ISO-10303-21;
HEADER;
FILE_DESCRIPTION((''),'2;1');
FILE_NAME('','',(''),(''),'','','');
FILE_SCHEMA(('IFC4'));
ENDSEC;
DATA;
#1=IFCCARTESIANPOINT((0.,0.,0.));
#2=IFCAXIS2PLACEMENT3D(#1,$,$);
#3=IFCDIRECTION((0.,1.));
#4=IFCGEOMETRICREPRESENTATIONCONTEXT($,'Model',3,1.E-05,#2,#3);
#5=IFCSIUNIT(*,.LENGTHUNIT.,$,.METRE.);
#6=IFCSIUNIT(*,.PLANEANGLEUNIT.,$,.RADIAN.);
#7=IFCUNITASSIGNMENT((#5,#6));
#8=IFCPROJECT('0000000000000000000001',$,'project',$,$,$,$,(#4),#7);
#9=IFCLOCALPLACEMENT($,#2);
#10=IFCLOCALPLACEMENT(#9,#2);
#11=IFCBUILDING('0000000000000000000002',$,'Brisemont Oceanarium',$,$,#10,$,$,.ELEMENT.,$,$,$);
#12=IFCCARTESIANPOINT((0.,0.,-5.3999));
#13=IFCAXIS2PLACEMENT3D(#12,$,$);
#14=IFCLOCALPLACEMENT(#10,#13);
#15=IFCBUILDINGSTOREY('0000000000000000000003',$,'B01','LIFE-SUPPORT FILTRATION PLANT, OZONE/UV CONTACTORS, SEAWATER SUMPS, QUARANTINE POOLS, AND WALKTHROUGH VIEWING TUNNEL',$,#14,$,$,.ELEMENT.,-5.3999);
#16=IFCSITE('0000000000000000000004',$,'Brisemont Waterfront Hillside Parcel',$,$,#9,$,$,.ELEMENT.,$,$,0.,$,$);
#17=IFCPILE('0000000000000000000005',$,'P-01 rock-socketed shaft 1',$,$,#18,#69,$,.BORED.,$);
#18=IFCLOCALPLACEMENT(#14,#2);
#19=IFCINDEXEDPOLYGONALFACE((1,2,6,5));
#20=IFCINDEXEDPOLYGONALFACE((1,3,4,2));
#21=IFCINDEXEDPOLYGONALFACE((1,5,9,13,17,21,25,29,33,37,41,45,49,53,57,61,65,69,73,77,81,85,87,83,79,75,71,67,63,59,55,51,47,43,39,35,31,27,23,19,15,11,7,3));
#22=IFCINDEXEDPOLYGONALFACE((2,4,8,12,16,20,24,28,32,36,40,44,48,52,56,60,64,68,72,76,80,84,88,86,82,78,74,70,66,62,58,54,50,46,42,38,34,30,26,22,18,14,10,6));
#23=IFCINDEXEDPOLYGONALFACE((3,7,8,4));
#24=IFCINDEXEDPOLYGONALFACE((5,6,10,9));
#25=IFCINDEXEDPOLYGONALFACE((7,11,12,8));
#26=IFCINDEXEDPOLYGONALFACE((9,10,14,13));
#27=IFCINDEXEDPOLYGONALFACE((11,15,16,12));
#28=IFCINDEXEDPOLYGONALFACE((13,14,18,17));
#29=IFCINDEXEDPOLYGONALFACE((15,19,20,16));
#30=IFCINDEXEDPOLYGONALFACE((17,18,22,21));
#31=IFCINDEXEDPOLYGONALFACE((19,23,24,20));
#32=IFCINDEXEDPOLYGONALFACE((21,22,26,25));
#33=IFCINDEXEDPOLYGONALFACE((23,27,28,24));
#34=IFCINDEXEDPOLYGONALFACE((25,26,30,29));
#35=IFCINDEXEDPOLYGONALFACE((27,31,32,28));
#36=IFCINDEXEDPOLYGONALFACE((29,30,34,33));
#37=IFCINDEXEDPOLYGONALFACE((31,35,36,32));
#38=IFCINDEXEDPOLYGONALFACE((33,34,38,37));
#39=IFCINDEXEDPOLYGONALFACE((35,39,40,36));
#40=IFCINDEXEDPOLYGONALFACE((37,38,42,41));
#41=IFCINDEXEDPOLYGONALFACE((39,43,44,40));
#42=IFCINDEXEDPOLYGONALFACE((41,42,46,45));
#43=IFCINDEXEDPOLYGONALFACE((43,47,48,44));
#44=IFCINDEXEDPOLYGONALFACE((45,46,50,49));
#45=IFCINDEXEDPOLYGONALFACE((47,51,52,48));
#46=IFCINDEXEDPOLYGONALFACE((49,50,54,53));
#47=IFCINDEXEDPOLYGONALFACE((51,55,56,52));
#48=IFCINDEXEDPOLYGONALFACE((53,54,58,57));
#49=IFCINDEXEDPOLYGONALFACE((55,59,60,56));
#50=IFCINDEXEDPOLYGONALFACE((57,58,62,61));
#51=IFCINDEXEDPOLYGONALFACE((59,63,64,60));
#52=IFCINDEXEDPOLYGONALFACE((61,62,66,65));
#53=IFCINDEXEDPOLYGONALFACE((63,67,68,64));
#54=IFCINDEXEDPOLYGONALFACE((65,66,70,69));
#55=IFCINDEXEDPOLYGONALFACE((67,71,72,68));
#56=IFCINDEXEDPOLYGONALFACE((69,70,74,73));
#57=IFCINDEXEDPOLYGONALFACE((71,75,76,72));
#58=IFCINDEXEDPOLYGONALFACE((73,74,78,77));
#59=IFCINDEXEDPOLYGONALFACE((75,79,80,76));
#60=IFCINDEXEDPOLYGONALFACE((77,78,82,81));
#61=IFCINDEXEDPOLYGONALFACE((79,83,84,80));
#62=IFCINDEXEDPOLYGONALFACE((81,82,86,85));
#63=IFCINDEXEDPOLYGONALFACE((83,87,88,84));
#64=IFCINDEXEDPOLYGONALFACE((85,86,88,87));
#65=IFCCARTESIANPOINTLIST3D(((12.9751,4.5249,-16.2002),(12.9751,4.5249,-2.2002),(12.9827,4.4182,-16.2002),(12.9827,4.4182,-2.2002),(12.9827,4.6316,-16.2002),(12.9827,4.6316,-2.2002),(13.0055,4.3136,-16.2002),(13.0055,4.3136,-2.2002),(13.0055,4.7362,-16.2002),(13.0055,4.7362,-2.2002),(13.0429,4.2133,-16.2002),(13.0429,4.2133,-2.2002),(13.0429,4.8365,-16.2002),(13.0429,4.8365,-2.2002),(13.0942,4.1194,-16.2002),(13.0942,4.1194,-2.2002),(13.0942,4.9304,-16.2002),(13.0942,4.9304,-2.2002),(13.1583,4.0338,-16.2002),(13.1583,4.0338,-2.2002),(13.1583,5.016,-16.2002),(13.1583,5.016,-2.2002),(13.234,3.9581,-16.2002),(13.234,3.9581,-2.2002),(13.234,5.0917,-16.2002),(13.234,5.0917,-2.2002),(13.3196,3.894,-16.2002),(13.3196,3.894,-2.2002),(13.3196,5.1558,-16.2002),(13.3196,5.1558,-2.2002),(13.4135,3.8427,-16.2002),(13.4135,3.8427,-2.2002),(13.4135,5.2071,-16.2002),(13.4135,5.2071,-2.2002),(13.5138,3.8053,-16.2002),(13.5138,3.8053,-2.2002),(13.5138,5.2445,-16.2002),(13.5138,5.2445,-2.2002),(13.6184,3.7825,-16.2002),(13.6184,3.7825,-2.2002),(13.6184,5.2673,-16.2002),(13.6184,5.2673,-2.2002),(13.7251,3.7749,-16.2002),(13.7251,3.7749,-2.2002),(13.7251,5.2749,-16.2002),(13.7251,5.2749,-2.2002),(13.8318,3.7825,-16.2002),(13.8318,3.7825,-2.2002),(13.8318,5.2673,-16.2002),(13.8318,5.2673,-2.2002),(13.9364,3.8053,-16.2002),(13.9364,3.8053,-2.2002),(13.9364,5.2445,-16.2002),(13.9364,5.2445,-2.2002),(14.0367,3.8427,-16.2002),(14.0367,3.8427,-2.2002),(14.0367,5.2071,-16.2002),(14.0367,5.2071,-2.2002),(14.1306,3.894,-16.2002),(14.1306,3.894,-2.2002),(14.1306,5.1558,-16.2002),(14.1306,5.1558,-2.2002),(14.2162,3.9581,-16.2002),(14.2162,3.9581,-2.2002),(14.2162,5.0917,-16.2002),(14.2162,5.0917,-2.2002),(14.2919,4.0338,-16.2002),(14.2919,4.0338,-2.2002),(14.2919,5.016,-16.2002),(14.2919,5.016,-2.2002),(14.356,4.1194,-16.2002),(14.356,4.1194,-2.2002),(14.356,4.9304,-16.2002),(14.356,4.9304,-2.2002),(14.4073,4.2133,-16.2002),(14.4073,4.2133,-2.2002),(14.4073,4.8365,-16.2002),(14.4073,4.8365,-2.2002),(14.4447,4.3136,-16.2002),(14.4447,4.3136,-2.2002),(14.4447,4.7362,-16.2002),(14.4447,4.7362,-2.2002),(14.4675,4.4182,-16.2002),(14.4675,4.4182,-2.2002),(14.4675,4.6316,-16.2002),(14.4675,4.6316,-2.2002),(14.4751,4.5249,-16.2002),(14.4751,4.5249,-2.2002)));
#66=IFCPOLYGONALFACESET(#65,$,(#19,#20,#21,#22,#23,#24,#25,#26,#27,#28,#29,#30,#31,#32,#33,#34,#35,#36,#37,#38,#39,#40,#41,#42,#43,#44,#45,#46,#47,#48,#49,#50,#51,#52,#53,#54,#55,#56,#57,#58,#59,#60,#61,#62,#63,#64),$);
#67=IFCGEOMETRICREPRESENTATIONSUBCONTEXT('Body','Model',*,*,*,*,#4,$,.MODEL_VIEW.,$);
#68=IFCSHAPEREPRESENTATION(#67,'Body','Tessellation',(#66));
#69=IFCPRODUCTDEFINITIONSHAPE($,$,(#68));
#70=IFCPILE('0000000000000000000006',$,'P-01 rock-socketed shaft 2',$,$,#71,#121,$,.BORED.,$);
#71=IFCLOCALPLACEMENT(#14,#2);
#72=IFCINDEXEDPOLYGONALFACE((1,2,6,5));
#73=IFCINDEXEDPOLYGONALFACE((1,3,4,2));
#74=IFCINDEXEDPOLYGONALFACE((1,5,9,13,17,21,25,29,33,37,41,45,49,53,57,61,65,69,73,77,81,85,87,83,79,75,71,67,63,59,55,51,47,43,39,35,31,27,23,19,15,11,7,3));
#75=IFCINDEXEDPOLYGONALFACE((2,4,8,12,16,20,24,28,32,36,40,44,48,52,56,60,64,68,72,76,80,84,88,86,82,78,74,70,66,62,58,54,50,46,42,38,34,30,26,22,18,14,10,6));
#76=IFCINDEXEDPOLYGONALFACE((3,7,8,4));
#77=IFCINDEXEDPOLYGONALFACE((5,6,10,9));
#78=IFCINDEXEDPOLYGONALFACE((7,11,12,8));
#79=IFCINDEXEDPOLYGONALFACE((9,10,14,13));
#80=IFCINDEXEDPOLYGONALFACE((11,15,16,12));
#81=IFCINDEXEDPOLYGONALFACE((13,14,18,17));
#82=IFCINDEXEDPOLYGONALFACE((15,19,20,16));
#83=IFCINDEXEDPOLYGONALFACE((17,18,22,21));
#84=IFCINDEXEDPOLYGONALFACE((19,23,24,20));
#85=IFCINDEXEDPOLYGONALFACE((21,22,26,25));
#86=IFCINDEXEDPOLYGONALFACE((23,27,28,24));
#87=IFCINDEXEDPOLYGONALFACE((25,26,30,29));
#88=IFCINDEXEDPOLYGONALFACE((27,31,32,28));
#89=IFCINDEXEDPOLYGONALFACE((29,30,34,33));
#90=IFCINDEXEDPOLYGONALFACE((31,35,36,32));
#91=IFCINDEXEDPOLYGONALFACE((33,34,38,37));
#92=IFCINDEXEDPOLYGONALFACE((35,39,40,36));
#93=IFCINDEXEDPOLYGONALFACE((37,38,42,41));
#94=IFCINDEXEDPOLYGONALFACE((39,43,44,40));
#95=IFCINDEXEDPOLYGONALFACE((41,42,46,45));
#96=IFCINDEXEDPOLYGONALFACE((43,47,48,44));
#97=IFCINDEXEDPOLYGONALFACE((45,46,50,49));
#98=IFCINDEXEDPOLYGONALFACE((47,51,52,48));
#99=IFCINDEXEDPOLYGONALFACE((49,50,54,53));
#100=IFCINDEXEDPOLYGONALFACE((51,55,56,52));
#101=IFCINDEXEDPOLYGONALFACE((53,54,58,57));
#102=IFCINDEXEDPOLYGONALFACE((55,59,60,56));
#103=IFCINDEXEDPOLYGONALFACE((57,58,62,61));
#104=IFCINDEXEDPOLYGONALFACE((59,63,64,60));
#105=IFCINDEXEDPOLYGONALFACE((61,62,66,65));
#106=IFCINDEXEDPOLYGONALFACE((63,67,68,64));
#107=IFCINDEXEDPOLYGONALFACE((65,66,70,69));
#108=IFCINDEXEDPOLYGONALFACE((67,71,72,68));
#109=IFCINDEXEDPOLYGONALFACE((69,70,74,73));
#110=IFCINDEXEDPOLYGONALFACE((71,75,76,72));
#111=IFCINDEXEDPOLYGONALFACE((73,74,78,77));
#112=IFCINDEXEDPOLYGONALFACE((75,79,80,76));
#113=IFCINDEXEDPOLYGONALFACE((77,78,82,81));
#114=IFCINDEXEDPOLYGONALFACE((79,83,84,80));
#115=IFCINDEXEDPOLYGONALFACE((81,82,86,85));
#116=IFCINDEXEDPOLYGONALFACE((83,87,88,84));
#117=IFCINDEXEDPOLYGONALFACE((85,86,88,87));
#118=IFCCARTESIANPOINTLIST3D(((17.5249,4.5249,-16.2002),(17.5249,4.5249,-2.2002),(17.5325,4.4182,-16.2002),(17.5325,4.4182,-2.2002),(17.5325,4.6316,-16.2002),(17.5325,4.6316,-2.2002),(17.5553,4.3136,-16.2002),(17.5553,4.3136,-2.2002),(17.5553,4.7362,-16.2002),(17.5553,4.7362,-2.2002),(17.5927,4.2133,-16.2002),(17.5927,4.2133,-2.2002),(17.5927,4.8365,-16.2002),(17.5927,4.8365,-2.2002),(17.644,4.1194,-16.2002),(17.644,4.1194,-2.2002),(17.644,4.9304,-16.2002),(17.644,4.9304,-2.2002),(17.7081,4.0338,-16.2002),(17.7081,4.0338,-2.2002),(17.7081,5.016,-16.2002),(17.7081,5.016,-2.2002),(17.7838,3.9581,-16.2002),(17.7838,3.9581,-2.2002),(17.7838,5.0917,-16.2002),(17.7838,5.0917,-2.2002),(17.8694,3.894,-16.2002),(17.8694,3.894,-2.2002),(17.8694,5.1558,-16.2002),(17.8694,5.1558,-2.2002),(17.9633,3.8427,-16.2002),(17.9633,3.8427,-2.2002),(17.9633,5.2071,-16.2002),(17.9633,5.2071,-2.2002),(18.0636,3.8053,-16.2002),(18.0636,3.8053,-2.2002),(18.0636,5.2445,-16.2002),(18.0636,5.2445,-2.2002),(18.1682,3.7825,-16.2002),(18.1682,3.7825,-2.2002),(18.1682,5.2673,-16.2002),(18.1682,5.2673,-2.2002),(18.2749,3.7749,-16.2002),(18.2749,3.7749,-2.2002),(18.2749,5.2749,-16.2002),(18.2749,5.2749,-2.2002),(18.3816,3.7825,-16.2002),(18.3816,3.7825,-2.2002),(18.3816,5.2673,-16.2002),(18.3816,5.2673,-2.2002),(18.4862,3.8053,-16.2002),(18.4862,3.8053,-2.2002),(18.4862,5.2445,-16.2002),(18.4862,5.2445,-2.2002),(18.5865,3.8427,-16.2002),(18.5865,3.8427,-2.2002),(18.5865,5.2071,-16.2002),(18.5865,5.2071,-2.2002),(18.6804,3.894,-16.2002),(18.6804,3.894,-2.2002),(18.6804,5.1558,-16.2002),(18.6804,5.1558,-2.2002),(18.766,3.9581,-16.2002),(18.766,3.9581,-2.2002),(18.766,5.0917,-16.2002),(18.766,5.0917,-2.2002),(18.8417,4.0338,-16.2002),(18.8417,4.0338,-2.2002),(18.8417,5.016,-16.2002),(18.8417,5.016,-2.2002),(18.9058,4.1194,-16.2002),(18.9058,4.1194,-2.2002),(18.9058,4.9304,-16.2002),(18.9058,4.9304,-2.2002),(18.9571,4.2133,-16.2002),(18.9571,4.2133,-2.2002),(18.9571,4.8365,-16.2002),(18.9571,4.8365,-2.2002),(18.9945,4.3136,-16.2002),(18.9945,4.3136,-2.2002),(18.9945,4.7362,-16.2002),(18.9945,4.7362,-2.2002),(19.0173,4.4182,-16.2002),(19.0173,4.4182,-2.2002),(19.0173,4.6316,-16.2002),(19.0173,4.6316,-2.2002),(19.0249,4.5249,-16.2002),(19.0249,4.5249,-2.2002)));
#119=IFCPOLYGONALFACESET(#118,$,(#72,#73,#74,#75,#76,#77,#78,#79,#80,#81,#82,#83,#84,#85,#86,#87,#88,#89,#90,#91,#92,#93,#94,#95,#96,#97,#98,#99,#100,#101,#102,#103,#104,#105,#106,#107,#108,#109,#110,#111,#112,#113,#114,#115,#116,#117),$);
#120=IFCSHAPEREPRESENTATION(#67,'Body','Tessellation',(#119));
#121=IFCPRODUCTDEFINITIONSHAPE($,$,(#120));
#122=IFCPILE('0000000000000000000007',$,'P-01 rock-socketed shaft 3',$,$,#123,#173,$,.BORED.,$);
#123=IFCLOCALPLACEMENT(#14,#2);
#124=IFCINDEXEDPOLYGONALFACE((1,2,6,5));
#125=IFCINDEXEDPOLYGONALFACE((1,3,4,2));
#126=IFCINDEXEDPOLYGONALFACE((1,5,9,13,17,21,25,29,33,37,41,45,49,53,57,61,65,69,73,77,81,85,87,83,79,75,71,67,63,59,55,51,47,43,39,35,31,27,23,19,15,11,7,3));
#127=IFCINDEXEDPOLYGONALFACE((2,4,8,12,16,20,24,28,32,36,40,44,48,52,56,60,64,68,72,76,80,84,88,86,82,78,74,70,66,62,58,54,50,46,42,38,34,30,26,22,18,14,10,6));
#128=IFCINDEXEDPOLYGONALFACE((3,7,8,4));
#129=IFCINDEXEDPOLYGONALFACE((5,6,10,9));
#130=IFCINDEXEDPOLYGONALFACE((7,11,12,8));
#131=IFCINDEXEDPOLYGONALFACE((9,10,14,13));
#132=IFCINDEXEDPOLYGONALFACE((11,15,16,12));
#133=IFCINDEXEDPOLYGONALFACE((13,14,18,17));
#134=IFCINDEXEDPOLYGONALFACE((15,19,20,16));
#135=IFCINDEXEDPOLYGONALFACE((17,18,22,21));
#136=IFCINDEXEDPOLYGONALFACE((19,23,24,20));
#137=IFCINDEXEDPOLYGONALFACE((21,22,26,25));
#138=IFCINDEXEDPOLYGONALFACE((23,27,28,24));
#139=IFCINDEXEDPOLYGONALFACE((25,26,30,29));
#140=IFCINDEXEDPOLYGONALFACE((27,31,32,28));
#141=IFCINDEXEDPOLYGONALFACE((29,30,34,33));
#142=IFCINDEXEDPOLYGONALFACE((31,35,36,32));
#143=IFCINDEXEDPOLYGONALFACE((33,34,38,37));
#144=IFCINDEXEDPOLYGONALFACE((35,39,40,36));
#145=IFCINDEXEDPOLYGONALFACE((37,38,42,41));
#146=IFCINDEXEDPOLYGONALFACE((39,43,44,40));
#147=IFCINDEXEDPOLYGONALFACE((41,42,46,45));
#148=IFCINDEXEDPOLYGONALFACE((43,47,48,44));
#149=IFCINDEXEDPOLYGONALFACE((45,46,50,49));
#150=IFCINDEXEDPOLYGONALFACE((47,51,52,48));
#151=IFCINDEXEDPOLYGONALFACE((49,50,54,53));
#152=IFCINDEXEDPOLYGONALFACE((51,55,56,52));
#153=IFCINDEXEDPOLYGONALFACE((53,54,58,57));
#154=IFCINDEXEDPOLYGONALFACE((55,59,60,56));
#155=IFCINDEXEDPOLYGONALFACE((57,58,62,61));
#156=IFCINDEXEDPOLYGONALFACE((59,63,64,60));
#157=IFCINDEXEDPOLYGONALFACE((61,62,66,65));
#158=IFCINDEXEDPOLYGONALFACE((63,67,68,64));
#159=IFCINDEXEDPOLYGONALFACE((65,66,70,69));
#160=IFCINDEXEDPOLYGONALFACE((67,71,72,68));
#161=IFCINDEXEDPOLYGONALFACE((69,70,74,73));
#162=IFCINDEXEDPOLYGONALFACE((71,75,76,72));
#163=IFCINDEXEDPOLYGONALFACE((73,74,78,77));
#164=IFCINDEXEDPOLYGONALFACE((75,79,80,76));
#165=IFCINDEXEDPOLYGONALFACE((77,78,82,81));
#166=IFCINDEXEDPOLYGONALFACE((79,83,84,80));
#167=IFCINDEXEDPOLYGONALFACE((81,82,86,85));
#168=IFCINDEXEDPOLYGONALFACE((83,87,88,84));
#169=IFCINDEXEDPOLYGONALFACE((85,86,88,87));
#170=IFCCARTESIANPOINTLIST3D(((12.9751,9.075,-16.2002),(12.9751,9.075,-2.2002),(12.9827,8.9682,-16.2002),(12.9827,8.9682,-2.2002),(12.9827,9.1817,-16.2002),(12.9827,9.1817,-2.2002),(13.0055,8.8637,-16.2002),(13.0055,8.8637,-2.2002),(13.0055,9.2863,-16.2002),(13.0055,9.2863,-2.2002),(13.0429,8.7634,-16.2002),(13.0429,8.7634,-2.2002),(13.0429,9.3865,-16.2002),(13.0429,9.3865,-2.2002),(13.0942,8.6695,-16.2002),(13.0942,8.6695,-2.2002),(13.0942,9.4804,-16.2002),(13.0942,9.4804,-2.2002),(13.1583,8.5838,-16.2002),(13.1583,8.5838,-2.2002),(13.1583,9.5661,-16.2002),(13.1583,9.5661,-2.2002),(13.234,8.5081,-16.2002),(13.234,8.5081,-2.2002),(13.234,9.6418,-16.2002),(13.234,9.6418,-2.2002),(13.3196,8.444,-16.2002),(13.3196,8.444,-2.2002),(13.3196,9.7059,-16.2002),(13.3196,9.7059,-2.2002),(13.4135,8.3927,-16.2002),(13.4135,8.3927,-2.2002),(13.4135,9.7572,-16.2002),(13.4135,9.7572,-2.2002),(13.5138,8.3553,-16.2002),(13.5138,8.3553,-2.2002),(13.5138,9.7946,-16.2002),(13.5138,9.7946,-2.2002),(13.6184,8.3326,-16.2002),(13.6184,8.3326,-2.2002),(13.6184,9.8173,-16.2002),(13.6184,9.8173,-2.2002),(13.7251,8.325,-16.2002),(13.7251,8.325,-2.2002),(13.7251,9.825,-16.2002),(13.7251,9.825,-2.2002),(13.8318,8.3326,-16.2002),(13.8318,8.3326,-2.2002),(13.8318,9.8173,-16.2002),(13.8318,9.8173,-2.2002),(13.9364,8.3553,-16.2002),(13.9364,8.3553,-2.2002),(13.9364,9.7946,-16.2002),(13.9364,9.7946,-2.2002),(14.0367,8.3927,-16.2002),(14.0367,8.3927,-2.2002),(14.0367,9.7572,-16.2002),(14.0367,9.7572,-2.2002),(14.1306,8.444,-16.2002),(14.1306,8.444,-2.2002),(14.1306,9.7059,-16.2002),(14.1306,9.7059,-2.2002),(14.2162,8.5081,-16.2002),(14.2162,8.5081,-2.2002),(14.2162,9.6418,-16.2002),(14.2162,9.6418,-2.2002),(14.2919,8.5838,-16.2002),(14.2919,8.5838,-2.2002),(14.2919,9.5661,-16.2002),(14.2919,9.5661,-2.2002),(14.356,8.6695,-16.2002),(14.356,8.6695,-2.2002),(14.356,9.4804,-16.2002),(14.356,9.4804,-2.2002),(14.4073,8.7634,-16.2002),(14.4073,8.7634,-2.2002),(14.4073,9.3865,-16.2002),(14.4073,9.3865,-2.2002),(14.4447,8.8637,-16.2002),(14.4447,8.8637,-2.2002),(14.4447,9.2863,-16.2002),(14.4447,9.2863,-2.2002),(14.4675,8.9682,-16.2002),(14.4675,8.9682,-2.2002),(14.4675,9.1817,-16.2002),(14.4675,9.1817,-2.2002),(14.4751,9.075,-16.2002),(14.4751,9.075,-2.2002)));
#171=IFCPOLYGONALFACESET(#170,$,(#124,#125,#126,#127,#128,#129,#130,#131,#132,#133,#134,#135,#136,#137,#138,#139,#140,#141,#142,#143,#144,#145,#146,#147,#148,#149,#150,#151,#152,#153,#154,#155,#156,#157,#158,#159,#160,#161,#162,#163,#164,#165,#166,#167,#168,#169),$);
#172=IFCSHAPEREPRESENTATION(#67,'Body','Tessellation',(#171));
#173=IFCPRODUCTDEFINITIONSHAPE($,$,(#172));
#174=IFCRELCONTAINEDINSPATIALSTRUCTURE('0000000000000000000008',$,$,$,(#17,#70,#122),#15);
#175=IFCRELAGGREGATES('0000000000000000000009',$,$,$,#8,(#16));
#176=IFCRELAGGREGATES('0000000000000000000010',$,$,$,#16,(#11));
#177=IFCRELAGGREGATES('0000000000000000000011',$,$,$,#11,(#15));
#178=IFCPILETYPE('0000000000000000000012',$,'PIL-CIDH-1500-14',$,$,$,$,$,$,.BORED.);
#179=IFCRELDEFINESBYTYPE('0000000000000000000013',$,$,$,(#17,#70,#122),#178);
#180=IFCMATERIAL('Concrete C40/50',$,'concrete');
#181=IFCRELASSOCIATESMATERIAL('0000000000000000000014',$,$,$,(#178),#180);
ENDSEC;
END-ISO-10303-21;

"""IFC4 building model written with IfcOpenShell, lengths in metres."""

from ifc_helpers import new_model, si_unit, direction, frame, origin, origin_2d, place, context, subcontext, project, spatial, circle, extrude, material, material_profile, profile_set, type_object, element, save


model = new_model("IFC4")

# Units and contexts
model_context = context("Model", 3, precision=1e-05, world=origin(), true_north=direction((0.0, 1.0)))
body_context = subcontext(model_context, "Body", "Model", "MODEL_VIEW")
ifc_project = project(units=[si_unit("LENGTHUNIT", "METRE"), si_unit("PLANEANGLEUNIT", "RADIAN")], contexts=[model_context])

# Site, building, storey
site_placement = place(None, origin())
site = spatial("IfcSite", under=ifc_project, at=site_placement, Name="Brisemont Waterfront Hillside Parcel", CompositionType="ELEMENT", RefElevation=0.0)
building_placement = place(site_placement, origin())
building = spatial("IfcBuilding", under=site, at=building_placement, Name="Brisemont Oceanarium", CompositionType="ELEMENT")
storey_placement = place(building_placement, frame((0.0, 0.0, -5.3999)))
storey = spatial("IfcBuildingStorey", under=building, at=storey_placement, Name="B01", Description="LIFE-SUPPORT FILTRATION PLANT, OZONE/UV CONTACTORS, SEAWATER SUMPS, QUARANTINE POOLS, AND WALKTHROUGH VIEWING TUNNEL", CompositionType="ELEMENT", Elevation=-5.3999)

# Piles
ifc_material_1 = material(Name="Concrete C40/50", Category="concrete")
ifc_material_profile_1 = material_profile(ifc_material_1, circle(Radius=0.75, at=origin_2d()), Name="CIDH-D1500")
ifc_profile_set_1 = profile_set([ifc_material_profile_1], Name="Concrete C40/50")
pile_type_1 = type_object("IfcPileType", Name="PIL-CIDH-1500-14", PredefinedType="BORED", material=ifc_profile_set_1)
for number, where, z_axis, x_axis, name in (
    (1, (13.7251, 4.5249, -2.2002), (0.0, 0.0, -1.0), (1.0, 0.0, 0.0), "P-01 rock-socketed shaft 1"),
    (2, (18.2749, 4.5249, -2.2002), (0.0, 0.0, -1.0), (1.0, 0.0, 0.0), "P-01 rock-socketed shaft 2"),
    (3, (13.7251, 9.075, -2.2002), (0.0, 0.0, -1.0), (1.0, 0.0, 0.0), "P-01 rock-socketed shaft 3"),
):
    element("IfcPile", number, at=place(storey_placement, frame(where, z_axis=z_axis, x_axis=x_axis)), inside=storey, type_object=pile_type_1, Name=name, PredefinedType="BORED", context=body_context, shape_type="SweptSolid", body=[
        extrude(circle(Radius=0.75, at=origin_2d()), origin(), (0.0, 0.0, 1.0), 14.0),
    ])

save(model, "model.ifc")
